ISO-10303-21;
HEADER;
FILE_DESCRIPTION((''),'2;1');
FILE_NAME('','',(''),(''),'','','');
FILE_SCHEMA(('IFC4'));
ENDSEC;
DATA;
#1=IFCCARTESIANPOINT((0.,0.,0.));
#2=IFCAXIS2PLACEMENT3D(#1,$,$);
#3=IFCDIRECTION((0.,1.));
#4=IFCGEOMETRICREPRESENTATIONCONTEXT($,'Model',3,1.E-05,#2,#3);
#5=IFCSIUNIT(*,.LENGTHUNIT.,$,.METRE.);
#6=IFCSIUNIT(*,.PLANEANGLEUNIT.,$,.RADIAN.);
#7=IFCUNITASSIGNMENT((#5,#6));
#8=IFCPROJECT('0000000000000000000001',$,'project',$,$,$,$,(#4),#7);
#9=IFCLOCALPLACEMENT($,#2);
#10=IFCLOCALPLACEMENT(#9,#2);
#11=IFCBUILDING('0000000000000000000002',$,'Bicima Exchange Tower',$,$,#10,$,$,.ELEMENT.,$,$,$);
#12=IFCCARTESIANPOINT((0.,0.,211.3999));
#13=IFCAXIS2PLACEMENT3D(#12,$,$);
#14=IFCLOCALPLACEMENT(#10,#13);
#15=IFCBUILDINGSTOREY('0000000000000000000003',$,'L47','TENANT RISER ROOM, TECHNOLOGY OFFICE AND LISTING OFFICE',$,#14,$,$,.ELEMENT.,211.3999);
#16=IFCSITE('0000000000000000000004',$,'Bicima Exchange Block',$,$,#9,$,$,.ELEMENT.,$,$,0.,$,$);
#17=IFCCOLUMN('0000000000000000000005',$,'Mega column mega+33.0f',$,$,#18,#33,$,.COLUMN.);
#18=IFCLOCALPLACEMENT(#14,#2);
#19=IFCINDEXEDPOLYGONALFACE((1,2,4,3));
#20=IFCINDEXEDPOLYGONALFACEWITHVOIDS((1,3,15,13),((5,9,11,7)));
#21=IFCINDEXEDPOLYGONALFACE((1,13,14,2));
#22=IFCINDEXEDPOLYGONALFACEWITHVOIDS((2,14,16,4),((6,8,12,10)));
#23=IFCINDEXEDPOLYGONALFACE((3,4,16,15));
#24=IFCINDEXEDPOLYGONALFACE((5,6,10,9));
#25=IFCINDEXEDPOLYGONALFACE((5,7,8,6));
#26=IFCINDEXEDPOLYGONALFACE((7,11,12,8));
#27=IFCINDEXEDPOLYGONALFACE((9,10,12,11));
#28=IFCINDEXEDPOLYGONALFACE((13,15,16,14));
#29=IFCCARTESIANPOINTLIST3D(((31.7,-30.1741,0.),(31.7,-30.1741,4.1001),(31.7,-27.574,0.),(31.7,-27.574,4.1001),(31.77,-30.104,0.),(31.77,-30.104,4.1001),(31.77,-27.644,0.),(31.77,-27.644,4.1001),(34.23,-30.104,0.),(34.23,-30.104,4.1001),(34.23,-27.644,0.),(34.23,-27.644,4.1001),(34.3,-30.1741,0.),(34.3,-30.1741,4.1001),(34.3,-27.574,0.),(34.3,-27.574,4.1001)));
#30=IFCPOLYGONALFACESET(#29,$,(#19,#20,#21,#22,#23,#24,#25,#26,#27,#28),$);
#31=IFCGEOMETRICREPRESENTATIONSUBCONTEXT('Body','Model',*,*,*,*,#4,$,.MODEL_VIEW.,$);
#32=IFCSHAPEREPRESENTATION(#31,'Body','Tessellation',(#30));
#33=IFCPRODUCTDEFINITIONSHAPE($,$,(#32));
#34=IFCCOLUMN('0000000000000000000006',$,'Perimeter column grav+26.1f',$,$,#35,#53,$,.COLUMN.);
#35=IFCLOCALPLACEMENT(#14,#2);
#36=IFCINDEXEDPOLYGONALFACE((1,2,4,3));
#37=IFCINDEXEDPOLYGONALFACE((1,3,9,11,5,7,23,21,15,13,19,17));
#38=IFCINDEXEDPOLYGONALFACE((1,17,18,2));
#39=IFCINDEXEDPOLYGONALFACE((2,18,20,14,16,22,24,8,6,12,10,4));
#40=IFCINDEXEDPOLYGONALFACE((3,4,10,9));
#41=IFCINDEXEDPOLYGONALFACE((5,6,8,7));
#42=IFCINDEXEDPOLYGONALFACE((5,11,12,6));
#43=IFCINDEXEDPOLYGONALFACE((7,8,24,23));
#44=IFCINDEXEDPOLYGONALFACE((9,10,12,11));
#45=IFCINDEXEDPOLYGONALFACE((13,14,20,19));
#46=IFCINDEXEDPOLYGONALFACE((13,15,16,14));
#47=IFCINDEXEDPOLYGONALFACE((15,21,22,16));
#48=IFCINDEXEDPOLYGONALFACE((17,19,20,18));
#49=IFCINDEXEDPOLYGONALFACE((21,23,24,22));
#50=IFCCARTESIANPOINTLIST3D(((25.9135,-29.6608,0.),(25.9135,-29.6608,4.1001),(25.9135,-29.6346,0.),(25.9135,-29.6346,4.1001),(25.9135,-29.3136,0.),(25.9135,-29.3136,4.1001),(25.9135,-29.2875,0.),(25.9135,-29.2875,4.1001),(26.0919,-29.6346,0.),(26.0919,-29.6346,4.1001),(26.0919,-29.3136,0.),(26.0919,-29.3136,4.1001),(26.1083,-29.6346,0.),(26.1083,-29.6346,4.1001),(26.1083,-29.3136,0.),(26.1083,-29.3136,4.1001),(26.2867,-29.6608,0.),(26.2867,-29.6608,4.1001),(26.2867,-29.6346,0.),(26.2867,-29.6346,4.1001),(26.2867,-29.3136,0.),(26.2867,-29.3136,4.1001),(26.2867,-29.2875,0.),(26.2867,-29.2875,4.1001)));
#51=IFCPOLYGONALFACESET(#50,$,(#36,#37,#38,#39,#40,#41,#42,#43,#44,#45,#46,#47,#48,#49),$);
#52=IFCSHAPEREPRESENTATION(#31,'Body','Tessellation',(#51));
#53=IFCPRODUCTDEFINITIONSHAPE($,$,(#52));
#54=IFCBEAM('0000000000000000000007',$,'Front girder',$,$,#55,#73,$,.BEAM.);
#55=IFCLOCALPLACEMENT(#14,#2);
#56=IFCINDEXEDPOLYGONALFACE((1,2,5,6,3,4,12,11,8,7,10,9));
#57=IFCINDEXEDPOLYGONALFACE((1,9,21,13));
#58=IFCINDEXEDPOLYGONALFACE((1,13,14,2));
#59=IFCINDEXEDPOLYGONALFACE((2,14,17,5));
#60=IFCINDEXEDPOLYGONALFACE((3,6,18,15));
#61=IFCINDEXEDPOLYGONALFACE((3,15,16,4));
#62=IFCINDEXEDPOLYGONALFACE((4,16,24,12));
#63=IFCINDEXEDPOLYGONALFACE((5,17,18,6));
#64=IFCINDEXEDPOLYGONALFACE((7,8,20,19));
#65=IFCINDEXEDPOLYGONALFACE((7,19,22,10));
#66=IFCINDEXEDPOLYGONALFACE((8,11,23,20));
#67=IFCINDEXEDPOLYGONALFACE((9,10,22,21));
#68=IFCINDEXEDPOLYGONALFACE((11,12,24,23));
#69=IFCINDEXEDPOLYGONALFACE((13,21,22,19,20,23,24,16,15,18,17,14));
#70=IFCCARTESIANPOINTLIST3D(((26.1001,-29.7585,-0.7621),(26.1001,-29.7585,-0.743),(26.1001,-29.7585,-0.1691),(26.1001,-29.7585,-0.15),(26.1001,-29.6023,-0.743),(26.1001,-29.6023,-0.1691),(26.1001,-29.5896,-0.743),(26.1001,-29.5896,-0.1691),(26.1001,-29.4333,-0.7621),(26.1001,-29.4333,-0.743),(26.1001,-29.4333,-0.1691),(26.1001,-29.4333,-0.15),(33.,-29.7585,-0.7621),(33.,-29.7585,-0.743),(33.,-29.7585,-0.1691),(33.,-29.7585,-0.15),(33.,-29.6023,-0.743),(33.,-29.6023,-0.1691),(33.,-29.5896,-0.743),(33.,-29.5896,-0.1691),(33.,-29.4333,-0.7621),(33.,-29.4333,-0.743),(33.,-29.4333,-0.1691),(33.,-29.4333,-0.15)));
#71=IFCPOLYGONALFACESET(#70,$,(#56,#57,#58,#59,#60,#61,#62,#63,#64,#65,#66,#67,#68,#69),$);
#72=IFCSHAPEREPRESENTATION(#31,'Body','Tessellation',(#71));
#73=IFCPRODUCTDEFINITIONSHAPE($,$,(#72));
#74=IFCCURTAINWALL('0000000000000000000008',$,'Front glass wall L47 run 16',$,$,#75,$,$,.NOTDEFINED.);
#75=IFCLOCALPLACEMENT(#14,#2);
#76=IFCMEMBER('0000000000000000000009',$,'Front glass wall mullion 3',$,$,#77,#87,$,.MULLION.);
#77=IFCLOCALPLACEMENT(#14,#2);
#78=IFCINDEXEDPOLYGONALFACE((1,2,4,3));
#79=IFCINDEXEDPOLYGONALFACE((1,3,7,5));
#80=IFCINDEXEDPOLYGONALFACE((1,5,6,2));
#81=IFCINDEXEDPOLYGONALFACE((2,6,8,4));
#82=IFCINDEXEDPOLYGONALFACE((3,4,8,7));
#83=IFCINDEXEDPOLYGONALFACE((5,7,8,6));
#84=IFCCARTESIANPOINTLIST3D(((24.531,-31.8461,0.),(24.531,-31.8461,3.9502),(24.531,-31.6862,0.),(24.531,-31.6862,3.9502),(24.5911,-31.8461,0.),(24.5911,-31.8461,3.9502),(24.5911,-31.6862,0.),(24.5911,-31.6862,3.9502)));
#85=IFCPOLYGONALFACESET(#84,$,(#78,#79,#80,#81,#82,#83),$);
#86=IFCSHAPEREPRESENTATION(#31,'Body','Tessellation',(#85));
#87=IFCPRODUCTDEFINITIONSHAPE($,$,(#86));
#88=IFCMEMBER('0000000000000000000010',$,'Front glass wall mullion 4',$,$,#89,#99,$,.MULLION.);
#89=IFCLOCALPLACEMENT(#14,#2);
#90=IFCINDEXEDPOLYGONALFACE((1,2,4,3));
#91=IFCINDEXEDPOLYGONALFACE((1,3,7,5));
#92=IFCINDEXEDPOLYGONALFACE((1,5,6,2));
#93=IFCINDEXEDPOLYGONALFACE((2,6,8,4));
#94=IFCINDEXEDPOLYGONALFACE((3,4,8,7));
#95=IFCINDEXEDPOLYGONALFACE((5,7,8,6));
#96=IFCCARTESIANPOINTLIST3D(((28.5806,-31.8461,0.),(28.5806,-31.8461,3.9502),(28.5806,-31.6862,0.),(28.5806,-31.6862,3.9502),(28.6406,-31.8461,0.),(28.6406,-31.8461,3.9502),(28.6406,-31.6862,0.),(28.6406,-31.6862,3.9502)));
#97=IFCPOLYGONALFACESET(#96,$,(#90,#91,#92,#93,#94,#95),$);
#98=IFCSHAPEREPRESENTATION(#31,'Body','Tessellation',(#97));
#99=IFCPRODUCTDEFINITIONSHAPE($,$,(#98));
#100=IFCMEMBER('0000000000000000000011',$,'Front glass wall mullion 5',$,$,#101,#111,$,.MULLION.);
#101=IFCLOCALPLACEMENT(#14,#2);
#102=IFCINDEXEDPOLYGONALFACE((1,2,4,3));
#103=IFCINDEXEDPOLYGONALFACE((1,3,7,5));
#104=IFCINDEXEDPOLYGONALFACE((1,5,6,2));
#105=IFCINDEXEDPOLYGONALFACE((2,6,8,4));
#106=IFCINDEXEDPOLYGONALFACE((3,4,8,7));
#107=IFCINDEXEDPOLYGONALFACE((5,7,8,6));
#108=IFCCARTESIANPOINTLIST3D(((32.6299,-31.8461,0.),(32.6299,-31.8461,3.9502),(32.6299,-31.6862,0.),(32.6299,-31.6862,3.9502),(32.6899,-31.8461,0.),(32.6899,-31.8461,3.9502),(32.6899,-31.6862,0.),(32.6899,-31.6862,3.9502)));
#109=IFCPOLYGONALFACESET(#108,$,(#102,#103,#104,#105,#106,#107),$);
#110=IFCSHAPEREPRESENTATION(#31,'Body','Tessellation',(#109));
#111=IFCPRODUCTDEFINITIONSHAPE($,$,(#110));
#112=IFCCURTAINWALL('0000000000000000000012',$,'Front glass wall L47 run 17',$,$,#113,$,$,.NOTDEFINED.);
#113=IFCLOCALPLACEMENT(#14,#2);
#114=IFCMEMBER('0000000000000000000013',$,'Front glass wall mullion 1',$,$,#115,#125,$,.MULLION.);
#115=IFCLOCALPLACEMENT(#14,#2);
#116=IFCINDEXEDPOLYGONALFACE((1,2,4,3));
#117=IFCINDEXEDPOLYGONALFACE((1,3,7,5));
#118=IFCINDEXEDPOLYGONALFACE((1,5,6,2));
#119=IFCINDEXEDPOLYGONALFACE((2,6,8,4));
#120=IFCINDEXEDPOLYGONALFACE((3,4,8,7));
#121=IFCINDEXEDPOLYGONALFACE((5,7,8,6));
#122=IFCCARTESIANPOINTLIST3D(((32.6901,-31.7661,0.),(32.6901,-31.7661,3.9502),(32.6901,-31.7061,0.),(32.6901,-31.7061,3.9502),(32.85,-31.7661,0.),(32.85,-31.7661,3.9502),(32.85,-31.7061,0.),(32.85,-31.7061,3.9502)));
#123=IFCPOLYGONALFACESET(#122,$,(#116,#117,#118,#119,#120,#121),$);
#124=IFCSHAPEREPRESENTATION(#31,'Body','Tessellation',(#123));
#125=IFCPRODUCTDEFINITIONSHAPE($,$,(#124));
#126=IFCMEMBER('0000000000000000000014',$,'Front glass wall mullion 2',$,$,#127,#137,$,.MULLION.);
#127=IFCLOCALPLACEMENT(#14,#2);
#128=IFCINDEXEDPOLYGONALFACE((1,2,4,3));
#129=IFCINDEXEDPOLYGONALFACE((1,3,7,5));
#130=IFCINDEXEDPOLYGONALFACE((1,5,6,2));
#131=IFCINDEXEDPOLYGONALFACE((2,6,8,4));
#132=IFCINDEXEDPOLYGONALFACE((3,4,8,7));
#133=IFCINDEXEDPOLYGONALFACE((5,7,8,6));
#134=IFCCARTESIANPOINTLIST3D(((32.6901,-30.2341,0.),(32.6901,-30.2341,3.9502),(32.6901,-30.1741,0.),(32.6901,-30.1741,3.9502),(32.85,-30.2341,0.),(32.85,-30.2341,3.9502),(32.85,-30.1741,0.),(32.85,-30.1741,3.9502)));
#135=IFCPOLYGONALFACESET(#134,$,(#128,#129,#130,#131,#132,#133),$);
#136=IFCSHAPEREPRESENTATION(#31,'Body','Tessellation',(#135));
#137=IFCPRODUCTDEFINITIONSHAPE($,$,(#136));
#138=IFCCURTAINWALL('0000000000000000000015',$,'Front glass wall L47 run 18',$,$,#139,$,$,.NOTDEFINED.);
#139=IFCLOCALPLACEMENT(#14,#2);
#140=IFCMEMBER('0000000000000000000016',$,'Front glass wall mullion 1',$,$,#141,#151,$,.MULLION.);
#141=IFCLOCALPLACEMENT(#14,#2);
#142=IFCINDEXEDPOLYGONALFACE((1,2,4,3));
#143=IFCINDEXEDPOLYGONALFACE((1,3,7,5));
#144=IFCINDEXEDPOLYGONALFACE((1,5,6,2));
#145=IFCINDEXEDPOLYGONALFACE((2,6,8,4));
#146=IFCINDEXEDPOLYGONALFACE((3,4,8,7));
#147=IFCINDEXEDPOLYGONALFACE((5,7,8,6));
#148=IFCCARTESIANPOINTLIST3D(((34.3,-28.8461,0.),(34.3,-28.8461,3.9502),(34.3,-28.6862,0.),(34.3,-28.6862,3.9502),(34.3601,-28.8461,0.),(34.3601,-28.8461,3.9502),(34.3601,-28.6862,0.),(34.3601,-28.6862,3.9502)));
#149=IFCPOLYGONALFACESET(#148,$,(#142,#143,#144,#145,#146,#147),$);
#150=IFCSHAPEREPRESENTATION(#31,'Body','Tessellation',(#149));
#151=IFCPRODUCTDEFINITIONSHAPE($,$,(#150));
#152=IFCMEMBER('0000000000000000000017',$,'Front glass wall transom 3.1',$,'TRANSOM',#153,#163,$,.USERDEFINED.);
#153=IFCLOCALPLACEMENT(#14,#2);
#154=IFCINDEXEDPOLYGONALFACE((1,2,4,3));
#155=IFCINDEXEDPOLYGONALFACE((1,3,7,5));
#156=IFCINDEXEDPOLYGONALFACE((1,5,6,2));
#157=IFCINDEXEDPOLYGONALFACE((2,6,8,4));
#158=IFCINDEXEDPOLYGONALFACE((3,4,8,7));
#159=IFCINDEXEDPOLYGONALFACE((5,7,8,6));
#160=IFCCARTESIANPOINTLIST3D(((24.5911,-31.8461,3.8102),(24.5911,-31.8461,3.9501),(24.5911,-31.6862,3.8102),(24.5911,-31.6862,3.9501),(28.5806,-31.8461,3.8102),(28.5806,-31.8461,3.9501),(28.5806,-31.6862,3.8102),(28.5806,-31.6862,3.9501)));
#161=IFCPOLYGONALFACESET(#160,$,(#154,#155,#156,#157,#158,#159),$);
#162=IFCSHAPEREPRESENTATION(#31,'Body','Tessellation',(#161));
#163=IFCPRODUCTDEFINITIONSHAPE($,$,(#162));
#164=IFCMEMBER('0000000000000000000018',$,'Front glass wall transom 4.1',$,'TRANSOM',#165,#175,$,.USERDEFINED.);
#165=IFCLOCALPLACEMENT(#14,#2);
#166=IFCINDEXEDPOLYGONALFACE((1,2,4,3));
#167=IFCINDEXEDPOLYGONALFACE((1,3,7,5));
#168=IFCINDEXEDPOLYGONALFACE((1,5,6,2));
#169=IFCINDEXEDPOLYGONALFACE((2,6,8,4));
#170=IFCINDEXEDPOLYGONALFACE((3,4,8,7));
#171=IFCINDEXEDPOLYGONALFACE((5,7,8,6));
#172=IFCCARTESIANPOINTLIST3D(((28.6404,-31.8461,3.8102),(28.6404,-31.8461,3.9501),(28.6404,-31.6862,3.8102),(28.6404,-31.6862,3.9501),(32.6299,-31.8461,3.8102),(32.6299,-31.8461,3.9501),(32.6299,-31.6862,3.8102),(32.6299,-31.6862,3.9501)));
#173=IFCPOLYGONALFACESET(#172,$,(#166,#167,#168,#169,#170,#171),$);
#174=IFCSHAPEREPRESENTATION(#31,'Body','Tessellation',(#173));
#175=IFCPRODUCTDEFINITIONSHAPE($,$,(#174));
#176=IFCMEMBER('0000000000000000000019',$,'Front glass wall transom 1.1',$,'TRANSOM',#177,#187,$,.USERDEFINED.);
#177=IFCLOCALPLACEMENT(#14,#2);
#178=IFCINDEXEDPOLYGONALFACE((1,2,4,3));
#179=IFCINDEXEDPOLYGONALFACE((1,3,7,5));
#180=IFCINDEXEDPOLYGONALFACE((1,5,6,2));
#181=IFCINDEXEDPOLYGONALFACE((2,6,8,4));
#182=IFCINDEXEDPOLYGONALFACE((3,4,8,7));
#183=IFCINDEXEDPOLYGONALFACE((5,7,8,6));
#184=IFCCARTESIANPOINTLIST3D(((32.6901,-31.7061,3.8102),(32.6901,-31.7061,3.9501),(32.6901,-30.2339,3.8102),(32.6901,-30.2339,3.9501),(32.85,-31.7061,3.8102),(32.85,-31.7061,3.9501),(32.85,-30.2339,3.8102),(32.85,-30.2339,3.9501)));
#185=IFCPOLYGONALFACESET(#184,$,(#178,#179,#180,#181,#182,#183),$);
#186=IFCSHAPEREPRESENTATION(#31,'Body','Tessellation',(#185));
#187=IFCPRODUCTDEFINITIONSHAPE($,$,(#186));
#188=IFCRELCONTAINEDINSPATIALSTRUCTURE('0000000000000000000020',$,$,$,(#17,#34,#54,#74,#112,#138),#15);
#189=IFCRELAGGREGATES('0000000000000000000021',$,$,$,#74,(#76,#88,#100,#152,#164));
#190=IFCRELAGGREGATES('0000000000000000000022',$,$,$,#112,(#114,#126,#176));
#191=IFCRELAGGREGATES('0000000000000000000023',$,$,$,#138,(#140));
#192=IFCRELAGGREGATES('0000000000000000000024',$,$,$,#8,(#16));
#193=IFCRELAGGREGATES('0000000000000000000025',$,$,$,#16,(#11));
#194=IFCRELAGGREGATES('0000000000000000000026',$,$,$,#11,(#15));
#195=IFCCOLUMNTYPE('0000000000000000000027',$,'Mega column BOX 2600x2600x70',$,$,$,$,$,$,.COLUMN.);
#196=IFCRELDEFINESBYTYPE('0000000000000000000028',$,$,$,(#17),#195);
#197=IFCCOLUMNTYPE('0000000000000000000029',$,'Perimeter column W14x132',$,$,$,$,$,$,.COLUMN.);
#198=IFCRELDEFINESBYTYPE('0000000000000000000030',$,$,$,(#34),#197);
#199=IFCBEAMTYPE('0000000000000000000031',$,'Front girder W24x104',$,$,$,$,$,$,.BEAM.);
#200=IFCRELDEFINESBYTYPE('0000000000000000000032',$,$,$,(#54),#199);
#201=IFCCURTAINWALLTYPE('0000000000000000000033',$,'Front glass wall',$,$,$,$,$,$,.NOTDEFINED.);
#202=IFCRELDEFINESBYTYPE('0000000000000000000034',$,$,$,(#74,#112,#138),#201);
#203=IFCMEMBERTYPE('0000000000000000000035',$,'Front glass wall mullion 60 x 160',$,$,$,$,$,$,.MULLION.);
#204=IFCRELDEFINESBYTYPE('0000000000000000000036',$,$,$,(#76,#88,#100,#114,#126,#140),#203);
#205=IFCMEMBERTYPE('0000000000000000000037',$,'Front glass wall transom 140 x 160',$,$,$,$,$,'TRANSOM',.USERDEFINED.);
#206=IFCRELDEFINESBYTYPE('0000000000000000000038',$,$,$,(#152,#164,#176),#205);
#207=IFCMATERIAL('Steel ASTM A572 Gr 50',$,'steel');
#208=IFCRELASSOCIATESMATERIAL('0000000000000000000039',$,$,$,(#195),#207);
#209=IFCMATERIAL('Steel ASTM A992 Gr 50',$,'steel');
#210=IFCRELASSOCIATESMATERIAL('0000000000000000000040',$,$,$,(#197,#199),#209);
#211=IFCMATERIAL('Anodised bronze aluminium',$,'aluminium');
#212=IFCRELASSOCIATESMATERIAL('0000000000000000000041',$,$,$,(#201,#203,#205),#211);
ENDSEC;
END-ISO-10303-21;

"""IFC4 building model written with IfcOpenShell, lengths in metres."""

from ifc_helpers import new_model, si_unit, direction, frame, origin, origin_2d, place, context, subcontext, project, spatial, rectangle, hollow_rectangle, i_section, extrude, material, material_profile, profile_set, type_object, element, aggregate, save


model = new_model("IFC4")

# Units and contexts
model_context = context("Model", 3, precision=1e-05, world=origin(), true_north=direction((0.0, 1.0)))
body_context = subcontext(model_context, "Body", "Model", "MODEL_VIEW")
ifc_project = project(units=[si_unit("LENGTHUNIT", "METRE"), si_unit("PLANEANGLEUNIT", "RADIAN")], contexts=[model_context])

# Site, building, storey
site_placement = place(None, origin())
site = spatial("IfcSite", under=ifc_project, at=site_placement, Name="Bicima Exchange Block", CompositionType="ELEMENT", RefElevation=0.0)
building_placement = place(site_placement, origin())
building = spatial("IfcBuilding", under=site, at=building_placement, Name="Bicima Exchange Tower", CompositionType="ELEMENT")
storey_placement = place(building_placement, frame((0.0, 0.0, 211.3999)))
storey = spatial("IfcBuildingStorey", under=building, at=storey_placement, Name="L47", Description="TENANT RISER ROOM, TECHNOLOGY OFFICE AND LISTING OFFICE", CompositionType="ELEMENT", Elevation=211.3999)

# Columns
ifc_material_1 = material(Name="Steel ASTM A572 Gr 50", Category="steel")
ifc_material_profile_1 = material_profile(ifc_material_1, hollow_rectangle(XDim=2.6001, YDim=2.6001, WallThickness=0.0701, at=origin_2d()))
ifc_profile_set_1 = profile_set([ifc_material_profile_1], Name="Steel ASTM A572 Gr 50")
column_type_1 = type_object("IfcColumnType", Name="Mega column BOX 2600x2600x70", PredefinedType="COLUMN", material=ifc_profile_set_1)
column_1_placement = place(storey_placement, frame((33.0, -28.874, 0.0), z_axis=(0.0, 0.0, 1.0), x_axis=(1.0, 0.0, 0.0)))
element("IfcColumn", 1, at=column_1_placement, inside=storey, type_object=column_type_1, Name="Mega column mega+33.0f", PredefinedType="COLUMN", context=body_context, shape_type="SweptSolid", body=[
    extrude(hollow_rectangle(XDim=2.6001, YDim=2.6001, WallThickness=0.0701, at=origin_2d()), origin(), (0.0, 0.0, 1.0), 4.1001),
])
ifc_material_2 = material(Name="Steel ASTM A992 Gr 50", Category="steel")
ifc_material_profile_2 = material_profile(ifc_material_2, i_section(OverallWidth=0.3733, OverallDepth=0.3733, WebThickness=0.0164, FlangeThickness=0.0261, at=origin_2d()))
ifc_profile_set_2 = profile_set([ifc_material_profile_2], Name="Steel ASTM A992 Gr 50")
column_type_2 = type_object("IfcColumnType", Name="Perimeter column W14x132", PredefinedType="COLUMN", material=ifc_profile_set_2)
column_2_placement = place(storey_placement, frame((26.1001, -29.4741, 0.0), z_axis=(0.0, 0.0, 1.0), x_axis=(1.0, 0.0, 0.0)))
element("IfcColumn", 2, at=column_2_placement, inside=storey, type_object=column_type_2, Name="Perimeter column grav+26.1f", PredefinedType="COLUMN", context=body_context, shape_type="SweptSolid", body=[
    extrude(i_section(OverallWidth=0.3733, OverallDepth=0.3733, WebThickness=0.0164, FlangeThickness=0.0261, at=origin_2d()), origin(), (0.0, 0.0, 1.0), 4.1001),
])

# Beam
ifc_material_profile_3 = material_profile(ifc_material_2, i_section(OverallWidth=0.3252, OverallDepth=0.6121, WebThickness=0.0127, FlangeThickness=0.019, at=origin_2d()))
ifc_profile_set_3 = profile_set([ifc_material_profile_3], Name="Steel ASTM A992 Gr 50")
beam_type = type_object("IfcBeamType", Name="Front girder W24x104", PredefinedType="BEAM", material=ifc_profile_set_3)
beam_placement = place(storey_placement, frame((26.1001, -29.5959, -0.4561), z_axis=(1.0, 0.0, 0.0), x_axis=(0.0, 1.0, 0.0)))
element("IfcBeam", 3, at=beam_placement, inside=storey, type_object=beam_type, Name="Front girder", PredefinedType="BEAM", context=body_context, shape_type="SweptSolid", body=[
    extrude(i_section(OverallWidth=0.3252, OverallDepth=0.6121, WebThickness=0.0127, FlangeThickness=0.019, at=origin_2d()), origin(), (0.0, 0.0, 1.0), 6.8999),
])

# Curtain walls, members
ifc_material_3 = material(Name="Anodised bronze aluminium", Category="aluminium")
curtain_wall_type = type_object("IfcCurtainWallType", Name="Front glass wall", PredefinedType="NOTDEFINED", material=ifc_material_3)
curtain_wall_1_placement = place(storey_placement, origin())
curtain_wall_1 = element("IfcCurtainWall", 4, at=curtain_wall_1_placement, inside=storey, type_object=curtain_wall_type, Name="Front glass wall L47 run 16", PredefinedType="NOTDEFINED")
ifc_material_profile_4 = material_profile(ifc_material_3, rectangle(XDim=0.1599, YDim=0.0601, at=origin_2d()))
ifc_profile_set_4 = profile_set([ifc_material_profile_4], Name="Anodised bronze aluminium")
member_type_1 = type_object("IfcMemberType", Name="Front glass wall mullion 60 x 160", PredefinedType="MULLION", material=ifc_profile_set_4)
member_1_placement = place(storey_placement, frame((24.561, -31.7661, 0.0), z_axis=(0.0, 0.0, 1.0), x_axis=(0.0, 1.0, 0.0)))
member_1 = element("IfcMember", 5, at=member_1_placement, type_object=member_type_1, Name="Front glass wall mullion 3", PredefinedType="MULLION", context=body_context, shape_type="SweptSolid", body=[
    extrude(rectangle(XDim=0.1599, YDim=0.0601, at=origin_2d()), origin(), (0.0, 0.0, 1.0), 3.9502),
])
member_2_placement = place(storey_placement, frame((28.6106, -31.7661, 0.0), z_axis=(0.0, 0.0, 1.0), x_axis=(0.0, 1.0, 0.0)))
member_2 = element("IfcMember", 6, at=member_2_placement, type_object=member_type_1, Name="Front glass wall mullion 4", PredefinedType="MULLION", context=body_context, shape_type="SweptSolid", body=[
    extrude(rectangle(XDim=0.1599, YDim=0.0601, at=origin_2d()), origin(), (0.0, 0.0, 1.0), 3.9502),
])
member_3_placement = place(storey_placement, frame((32.6599, -31.7661, 0.0), z_axis=(0.0, 0.0, 1.0), x_axis=(0.0, 1.0, 0.0)))
member_3 = element("IfcMember", 7, at=member_3_placement, type_object=member_type_1, Name="Front glass wall mullion 5", PredefinedType="MULLION", context=body_context, shape_type="SweptSolid", body=[
    extrude(rectangle(XDim=0.1599, YDim=0.0601, at=origin_2d()), origin(), (0.0, 0.0, 1.0), 3.9502),
])
curtain_wall_2_placement = place(storey_placement, origin())
curtain_wall_2 = element("IfcCurtainWall", 8, at=curtain_wall_2_placement, inside=storey, type_object=curtain_wall_type, Name="Front glass wall L47 run 17", PredefinedType="NOTDEFINED")
member_4_placement = place(storey_placement, frame((32.77, -31.7361, 0.0), z_axis=(0.0, 0.0, 1.0), x_axis=(-1.0, 0.0, 0.0)))
member_4 = element("IfcMember", 9, at=member_4_placement, type_object=member_type_1, Name="Front glass wall mullion 1", PredefinedType="MULLION", context=body_context, shape_type="SweptSolid", body=[
    extrude(rectangle(XDim=0.1599, YDim=0.0601, at=origin_2d()), origin(), (0.0, 0.0, 1.0), 3.9502),
])
member_5_placement = place(storey_placement, frame((32.77, -30.2041, 0.0), z_axis=(0.0, 0.0, 1.0), x_axis=(-1.0, 0.0, 0.0)))
member_5 = element("IfcMember", 10, at=member_5_placement, type_object=member_type_1, Name="Front glass wall mullion 2", PredefinedType="MULLION", context=body_context, shape_type="SweptSolid", body=[
    extrude(rectangle(XDim=0.1599, YDim=0.0601, at=origin_2d()), origin(), (0.0, 0.0, 1.0), 3.9502),
])

# Curtain wall, member
curtain_wall_3_placement = place(storey_placement, origin())
curtain_wall_3 = element("IfcCurtainWall", 11, at=curtain_wall_3_placement, inside=storey, type_object=curtain_wall_type, Name="Front glass wall L47 run 18", PredefinedType="NOTDEFINED")
member_6_placement = place(storey_placement, frame((34.3301, -28.7661, 0.0), z_axis=(0.0, 0.0, 1.0), x_axis=(0.0, 1.0, 0.0)))
member_6 = element("IfcMember", 12, at=member_6_placement, type_object=member_type_1, Name="Front glass wall mullion 1", PredefinedType="MULLION", context=body_context, shape_type="SweptSolid", body=[
    extrude(rectangle(XDim=0.1599, YDim=0.0601, at=origin_2d()), origin(), (0.0, 0.0, 1.0), 3.9502),
])

# Members
ifc_material_profile_5 = material_profile(ifc_material_3, rectangle(XDim=0.1599, YDim=0.1399, at=origin_2d()))
ifc_profile_set_5 = profile_set([ifc_material_profile_5], Name="Anodised bronze aluminium")
member_type_2 = type_object("IfcMemberType", Name="Front glass wall transom 140 x 160", ElementType="TRANSOM", PredefinedType="USERDEFINED", material=ifc_profile_set_5)
member_7_placement = place(storey_placement, frame((24.5911, -31.7661, 3.8801), z_axis=(1.0, 0.0, 0.0), x_axis=(0.0, 1.0, 0.0)))
member_7 = element("IfcMember", 13, at=member_7_placement, type_object=member_type_2, Name="Front glass wall transom 3.1", ObjectType="TRANSOM", PredefinedType="USERDEFINED", context=body_context, shape_type="SweptSolid", body=[
    extrude(rectangle(XDim=0.1599, YDim=0.1399, at=origin_2d()), origin(), (0.0, 0.0, 1.0), 3.9895),
])
member_8_placement = place(storey_placement, frame((28.6404, -31.7661, 3.8801), z_axis=(1.0, 0.0, 0.0), x_axis=(0.0, 1.0, 0.0)))
member_8 = element("IfcMember", 14, at=member_8_placement, type_object=member_type_2, Name="Front glass wall transom 4.1", ObjectType="TRANSOM", PredefinedType="USERDEFINED", context=body_context, shape_type="SweptSolid", body=[
    extrude(rectangle(XDim=0.1599, YDim=0.1399, at=origin_2d()), origin(), (0.0, 0.0, 1.0), 3.9895),
])
member_9_placement = place(storey_placement, frame((32.77, -31.7061, 3.8801), z_axis=(0.0, 1.0, 0.0), x_axis=(-1.0, 0.0, 0.0)))
member_9 = element("IfcMember", 15, at=member_9_placement, type_object=member_type_2, Name="Front glass wall transom 1.1", ObjectType="TRANSOM", PredefinedType="USERDEFINED", context=body_context, shape_type="SweptSolid", body=[
    extrude(rectangle(XDim=0.1599, YDim=0.1399, at=origin_2d()), origin(), (0.0, 0.0, 1.0), 1.4722),
])

aggregate(curtain_wall_1, [member_1, member_2, member_3, member_7, member_8])
aggregate(curtain_wall_2, [member_4, member_5, member_9])
aggregate(curtain_wall_3, [member_6])

save(model, "model.ifc")
